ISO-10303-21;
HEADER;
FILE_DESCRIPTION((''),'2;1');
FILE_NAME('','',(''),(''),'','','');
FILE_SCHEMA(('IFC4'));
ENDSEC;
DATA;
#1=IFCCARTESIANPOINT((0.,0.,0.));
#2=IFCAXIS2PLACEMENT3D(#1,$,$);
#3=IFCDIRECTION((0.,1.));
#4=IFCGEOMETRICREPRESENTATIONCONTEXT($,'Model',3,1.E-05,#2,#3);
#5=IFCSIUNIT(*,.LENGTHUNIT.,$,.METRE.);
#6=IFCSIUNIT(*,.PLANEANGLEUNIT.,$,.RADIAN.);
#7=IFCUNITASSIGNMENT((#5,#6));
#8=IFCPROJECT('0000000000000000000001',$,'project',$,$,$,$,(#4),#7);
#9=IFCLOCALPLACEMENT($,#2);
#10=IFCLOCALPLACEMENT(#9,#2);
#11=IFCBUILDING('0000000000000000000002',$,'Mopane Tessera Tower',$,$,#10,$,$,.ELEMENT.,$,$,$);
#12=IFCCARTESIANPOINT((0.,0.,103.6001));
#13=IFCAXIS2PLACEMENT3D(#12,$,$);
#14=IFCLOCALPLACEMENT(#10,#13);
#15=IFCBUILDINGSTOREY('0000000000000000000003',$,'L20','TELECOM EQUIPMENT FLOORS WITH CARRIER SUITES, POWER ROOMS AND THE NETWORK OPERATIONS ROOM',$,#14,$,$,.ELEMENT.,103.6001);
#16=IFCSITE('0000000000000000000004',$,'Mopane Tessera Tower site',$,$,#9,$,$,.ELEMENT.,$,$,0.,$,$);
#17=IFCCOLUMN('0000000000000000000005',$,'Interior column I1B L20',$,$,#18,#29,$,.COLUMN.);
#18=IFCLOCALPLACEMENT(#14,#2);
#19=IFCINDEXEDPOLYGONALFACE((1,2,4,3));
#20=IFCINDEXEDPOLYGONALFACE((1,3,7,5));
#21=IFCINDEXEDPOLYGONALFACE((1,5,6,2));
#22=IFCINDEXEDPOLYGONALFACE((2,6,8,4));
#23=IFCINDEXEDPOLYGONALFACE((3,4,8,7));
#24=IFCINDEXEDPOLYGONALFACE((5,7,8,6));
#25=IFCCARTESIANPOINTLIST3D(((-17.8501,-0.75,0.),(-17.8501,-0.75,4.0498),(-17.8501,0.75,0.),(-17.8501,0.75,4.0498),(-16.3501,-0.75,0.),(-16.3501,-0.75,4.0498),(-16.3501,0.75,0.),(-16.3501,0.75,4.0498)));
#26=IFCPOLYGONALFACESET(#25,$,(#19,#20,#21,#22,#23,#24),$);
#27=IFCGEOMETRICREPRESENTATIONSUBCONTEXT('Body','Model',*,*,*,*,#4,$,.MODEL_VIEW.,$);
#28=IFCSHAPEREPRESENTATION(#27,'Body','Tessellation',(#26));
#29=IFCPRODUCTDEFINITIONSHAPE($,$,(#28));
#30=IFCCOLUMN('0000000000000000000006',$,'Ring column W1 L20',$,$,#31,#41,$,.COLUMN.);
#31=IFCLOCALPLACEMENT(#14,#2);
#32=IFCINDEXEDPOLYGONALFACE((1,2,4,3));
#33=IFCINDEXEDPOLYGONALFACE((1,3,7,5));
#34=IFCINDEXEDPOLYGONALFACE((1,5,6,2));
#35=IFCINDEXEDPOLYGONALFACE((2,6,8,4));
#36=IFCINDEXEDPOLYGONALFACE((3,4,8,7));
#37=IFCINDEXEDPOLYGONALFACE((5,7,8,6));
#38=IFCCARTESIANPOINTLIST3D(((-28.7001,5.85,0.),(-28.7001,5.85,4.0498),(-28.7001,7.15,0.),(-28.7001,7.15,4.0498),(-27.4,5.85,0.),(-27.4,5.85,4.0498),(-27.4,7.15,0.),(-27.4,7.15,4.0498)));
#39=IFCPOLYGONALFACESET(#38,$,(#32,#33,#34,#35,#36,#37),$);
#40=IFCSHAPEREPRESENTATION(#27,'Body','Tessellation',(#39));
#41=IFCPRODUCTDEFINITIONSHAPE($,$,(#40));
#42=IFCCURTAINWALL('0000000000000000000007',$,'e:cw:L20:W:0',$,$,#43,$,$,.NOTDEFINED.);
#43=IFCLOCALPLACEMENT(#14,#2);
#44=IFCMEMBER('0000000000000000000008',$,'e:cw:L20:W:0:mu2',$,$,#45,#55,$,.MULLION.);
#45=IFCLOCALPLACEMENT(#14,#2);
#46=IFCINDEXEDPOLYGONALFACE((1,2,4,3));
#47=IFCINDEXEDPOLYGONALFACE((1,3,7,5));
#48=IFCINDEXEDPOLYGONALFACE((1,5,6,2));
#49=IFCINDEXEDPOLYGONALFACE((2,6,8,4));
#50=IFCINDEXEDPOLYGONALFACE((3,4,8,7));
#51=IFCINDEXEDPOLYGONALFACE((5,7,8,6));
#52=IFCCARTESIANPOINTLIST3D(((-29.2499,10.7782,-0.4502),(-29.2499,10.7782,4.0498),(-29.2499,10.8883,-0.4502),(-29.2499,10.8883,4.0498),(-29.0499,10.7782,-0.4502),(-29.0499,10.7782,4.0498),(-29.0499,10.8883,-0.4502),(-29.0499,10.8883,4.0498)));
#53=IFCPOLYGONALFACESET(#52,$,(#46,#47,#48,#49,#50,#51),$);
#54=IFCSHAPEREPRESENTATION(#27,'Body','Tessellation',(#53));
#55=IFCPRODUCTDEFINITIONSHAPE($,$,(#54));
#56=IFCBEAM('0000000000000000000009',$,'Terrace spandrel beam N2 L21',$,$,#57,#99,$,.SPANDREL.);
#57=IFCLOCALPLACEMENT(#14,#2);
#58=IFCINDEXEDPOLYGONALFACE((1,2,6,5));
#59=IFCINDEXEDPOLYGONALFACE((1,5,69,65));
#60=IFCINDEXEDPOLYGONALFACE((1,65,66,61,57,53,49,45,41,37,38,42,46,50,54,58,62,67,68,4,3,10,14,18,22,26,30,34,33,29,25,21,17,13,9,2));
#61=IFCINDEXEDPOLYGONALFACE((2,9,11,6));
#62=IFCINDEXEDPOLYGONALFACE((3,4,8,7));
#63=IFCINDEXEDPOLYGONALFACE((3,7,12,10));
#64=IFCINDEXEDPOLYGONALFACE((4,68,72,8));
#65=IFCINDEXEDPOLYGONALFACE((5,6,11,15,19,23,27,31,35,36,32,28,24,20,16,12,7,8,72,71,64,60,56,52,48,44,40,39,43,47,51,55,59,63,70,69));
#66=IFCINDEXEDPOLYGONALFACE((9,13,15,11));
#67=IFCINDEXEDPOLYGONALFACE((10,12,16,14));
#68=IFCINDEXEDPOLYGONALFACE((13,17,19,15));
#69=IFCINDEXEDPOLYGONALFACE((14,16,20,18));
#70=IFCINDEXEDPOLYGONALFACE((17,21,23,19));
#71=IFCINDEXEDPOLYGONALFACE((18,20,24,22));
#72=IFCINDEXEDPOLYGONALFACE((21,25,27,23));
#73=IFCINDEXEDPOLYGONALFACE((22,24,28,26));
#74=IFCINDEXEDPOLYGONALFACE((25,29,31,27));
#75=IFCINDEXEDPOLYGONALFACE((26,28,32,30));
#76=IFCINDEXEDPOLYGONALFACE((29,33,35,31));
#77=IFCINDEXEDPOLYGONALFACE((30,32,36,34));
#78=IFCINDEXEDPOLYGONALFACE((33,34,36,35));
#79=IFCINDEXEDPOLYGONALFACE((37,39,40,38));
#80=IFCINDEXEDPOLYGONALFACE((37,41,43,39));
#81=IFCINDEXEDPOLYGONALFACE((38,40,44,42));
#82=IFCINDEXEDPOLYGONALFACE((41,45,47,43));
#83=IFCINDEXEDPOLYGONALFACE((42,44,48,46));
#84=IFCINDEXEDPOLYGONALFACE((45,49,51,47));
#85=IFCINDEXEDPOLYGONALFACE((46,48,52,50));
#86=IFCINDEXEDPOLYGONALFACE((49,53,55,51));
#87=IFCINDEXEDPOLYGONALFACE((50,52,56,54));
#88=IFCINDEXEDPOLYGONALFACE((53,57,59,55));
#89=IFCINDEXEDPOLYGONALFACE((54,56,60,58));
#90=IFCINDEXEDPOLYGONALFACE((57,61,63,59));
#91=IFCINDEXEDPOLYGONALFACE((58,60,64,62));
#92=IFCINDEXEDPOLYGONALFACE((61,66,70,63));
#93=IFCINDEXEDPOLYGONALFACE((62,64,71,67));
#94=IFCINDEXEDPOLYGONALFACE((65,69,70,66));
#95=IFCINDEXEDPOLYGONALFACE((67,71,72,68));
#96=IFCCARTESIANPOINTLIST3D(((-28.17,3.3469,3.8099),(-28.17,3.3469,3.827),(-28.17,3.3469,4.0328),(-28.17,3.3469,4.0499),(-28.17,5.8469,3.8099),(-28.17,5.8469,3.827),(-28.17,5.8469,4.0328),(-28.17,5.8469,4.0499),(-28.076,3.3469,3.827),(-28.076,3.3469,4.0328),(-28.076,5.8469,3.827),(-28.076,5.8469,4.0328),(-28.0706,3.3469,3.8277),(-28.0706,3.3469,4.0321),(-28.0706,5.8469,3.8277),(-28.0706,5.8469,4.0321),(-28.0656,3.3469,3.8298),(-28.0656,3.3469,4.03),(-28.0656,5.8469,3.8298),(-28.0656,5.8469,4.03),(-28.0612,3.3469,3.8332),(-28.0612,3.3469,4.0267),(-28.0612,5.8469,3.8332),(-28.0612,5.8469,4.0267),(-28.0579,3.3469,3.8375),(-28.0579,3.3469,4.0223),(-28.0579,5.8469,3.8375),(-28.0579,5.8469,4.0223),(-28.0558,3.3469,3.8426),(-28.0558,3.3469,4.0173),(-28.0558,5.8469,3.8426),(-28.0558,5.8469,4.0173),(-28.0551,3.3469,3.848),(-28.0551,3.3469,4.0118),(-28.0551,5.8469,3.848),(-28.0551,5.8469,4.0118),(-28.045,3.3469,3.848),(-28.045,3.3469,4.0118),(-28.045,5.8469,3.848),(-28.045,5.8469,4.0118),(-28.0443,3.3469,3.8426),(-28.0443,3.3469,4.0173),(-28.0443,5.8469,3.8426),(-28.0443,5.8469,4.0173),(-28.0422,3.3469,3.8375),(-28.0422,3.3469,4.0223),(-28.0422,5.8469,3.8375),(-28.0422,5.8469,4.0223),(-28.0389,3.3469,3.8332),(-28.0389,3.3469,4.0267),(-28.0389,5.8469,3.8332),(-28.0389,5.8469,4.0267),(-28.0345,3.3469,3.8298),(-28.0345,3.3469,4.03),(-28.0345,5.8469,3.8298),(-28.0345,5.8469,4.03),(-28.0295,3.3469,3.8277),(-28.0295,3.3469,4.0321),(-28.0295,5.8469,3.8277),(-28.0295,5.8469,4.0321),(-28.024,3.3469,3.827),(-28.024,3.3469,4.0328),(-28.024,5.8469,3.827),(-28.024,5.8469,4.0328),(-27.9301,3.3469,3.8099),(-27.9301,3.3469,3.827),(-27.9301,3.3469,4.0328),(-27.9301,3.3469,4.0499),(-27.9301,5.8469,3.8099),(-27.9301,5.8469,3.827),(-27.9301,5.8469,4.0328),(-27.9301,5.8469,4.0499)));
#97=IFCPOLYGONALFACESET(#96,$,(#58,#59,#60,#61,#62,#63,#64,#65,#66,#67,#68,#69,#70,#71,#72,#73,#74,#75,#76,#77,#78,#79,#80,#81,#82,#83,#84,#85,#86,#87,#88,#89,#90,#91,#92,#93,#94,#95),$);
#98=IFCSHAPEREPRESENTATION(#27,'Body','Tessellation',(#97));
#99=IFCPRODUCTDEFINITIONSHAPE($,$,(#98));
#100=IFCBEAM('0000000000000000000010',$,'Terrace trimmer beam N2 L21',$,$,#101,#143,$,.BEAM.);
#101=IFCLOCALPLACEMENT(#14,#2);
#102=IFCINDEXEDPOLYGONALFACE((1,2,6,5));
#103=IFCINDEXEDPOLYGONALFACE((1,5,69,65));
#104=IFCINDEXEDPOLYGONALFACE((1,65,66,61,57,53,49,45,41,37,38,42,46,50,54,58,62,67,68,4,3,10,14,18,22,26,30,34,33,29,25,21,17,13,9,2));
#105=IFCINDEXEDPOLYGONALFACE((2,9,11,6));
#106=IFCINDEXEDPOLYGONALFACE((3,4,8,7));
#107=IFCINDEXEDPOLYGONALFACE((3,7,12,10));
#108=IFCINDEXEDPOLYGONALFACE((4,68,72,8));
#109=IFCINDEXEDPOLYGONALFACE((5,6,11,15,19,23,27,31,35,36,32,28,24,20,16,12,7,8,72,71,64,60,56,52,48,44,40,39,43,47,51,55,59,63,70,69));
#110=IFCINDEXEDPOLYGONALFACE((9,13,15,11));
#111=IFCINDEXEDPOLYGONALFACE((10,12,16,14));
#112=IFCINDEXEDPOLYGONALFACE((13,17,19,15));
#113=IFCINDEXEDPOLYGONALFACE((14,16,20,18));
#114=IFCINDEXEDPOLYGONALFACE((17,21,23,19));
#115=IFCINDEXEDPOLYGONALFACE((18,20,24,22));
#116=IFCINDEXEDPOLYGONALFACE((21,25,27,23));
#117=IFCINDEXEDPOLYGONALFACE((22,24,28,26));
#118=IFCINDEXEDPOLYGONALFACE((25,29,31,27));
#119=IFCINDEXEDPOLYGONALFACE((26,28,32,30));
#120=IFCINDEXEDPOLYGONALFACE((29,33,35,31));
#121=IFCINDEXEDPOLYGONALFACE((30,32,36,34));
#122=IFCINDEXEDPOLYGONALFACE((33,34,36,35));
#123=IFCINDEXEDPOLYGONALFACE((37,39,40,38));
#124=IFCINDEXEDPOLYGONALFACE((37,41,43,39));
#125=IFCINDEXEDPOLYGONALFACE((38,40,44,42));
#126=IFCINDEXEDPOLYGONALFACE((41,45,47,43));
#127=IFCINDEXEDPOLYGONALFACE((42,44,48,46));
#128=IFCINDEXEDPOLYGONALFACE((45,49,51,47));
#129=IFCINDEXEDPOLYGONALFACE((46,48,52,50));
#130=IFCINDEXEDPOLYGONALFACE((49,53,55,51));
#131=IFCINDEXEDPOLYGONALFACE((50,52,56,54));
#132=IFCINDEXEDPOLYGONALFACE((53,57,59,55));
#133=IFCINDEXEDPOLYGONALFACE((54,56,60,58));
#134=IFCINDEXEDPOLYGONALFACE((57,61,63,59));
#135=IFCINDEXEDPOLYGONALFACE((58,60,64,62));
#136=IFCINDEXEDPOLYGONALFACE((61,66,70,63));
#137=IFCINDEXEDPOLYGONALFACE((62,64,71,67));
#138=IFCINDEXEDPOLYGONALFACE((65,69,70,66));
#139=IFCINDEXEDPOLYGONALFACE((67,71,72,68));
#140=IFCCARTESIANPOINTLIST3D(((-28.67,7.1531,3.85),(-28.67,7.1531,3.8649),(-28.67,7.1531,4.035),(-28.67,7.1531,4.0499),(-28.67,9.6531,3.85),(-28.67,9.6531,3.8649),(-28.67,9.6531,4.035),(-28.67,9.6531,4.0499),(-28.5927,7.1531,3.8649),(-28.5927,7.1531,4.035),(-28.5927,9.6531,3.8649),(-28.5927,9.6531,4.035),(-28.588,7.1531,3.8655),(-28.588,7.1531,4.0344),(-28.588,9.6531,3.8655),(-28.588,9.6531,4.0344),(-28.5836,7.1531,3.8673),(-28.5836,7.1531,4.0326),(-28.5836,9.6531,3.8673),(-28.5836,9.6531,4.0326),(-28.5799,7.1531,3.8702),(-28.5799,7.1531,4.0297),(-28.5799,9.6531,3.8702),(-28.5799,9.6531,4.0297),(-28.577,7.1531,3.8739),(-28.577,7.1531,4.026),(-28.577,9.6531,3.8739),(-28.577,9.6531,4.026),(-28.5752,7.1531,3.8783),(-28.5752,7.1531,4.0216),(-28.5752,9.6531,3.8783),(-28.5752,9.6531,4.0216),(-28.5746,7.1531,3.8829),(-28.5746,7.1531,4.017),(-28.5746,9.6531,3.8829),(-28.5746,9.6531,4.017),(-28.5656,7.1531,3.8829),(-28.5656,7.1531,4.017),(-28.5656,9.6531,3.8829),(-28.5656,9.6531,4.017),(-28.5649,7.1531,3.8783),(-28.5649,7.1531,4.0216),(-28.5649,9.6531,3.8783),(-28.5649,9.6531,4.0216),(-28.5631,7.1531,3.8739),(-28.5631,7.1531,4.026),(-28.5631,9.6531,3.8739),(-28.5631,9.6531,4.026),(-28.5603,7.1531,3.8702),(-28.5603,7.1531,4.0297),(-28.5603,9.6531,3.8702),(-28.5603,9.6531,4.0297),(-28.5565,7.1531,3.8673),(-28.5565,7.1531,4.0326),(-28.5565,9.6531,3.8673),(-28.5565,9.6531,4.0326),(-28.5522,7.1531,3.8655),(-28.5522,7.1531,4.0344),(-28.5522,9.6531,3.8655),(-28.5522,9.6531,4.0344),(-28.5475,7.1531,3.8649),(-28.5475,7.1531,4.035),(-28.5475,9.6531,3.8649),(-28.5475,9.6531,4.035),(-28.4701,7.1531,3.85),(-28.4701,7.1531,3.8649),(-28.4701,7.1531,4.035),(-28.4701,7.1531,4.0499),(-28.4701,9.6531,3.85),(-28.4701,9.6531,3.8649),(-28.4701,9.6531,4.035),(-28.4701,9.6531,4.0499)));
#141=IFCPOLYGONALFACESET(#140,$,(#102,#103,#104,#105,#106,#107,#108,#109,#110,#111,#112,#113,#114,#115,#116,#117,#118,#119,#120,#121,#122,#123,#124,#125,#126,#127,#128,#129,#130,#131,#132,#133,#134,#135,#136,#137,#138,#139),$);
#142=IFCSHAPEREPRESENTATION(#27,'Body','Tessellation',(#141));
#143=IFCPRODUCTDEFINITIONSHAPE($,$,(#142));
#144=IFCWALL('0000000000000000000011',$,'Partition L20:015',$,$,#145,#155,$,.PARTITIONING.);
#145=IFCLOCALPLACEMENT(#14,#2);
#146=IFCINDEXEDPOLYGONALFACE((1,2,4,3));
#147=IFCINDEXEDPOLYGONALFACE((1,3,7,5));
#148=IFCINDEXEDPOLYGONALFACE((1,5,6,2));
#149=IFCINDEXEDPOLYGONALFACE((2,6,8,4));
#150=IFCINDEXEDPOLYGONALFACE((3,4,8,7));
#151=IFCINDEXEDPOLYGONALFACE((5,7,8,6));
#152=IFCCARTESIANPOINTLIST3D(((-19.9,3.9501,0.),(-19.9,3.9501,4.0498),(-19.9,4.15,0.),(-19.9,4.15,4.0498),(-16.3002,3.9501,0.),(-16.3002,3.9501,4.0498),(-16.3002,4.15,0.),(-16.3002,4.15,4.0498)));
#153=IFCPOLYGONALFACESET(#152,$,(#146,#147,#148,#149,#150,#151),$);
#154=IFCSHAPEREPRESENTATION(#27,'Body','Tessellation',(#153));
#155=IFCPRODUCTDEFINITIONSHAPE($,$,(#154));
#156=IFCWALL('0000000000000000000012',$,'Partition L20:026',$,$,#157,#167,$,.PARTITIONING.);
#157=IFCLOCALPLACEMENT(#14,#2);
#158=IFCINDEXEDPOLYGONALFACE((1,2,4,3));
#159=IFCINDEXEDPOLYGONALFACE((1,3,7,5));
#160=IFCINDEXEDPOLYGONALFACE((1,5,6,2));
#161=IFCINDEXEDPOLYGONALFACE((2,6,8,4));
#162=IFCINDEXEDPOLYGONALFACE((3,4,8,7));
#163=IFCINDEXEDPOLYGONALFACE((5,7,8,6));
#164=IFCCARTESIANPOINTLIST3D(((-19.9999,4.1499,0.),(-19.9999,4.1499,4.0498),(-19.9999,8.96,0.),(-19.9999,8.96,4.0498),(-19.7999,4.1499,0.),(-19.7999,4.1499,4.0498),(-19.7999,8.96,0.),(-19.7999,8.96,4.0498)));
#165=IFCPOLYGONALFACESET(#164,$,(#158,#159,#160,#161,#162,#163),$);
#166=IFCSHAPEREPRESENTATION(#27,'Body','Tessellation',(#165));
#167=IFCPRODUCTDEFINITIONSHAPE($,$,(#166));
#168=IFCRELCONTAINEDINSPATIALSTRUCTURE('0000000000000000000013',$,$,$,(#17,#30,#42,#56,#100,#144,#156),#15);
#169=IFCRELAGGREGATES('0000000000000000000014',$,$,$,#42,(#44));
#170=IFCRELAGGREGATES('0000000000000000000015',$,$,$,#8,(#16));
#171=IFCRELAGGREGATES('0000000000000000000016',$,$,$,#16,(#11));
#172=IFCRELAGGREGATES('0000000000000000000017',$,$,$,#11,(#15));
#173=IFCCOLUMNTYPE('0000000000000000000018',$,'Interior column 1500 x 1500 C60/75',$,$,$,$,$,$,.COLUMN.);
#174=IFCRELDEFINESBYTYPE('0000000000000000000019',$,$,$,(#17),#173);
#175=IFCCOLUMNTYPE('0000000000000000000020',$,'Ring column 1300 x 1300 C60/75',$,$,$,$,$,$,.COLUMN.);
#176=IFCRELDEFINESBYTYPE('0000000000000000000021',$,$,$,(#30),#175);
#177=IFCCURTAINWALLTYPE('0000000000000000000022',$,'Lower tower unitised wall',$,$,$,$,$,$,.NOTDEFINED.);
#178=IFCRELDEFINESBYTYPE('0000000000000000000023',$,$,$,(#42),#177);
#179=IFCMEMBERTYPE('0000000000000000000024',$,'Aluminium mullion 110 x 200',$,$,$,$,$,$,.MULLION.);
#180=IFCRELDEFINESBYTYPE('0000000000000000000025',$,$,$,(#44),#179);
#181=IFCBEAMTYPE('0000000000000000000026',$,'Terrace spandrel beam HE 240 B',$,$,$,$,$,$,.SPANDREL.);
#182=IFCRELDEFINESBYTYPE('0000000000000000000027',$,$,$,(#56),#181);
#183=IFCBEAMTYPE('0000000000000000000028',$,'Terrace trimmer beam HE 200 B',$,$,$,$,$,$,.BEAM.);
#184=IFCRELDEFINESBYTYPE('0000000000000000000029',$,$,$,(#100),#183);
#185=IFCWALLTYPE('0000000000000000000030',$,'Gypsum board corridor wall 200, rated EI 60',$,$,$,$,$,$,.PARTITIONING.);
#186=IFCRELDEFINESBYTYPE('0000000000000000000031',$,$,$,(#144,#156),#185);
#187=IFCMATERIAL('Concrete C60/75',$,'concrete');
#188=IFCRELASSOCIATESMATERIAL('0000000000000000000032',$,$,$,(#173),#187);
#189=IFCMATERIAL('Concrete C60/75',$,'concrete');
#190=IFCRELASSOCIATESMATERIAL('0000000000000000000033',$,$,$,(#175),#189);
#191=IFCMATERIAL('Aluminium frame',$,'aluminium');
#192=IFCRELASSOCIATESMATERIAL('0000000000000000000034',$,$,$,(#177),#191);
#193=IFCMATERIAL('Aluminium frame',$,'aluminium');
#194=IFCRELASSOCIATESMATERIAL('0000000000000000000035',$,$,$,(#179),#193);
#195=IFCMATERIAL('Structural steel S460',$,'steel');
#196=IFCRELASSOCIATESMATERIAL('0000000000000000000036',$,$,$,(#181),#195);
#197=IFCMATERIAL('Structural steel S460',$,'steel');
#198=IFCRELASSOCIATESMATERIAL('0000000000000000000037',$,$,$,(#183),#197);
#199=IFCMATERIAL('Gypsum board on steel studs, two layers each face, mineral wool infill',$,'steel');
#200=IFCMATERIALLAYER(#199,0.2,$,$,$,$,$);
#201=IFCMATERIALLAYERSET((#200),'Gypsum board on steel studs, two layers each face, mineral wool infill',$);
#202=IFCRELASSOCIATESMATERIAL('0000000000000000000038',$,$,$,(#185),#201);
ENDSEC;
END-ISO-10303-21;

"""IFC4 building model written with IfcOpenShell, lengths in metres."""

from ifc_helpers import new_model, si_unit, direction, frame, frame_2d, origin, origin_2d, place, context, subcontext, project, spatial, rectangle, i_section, extrude, material, layer, layer_set, material_profile, profile_set, type_object, element, aggregate, save


model = new_model("IFC4")

# Units and contexts
model_context = context("Model", 3, precision=1e-05, world=origin(), true_north=direction((0.0, 1.0)))
body_context = subcontext(model_context, "Body", "Model", "MODEL_VIEW")
ifc_project = project(units=[si_unit("LENGTHUNIT", "METRE"), si_unit("PLANEANGLEUNIT", "RADIAN")], contexts=[model_context])

# Site, building, storey
site_placement = place(None, origin())
site = spatial("IfcSite", under=ifc_project, at=site_placement, Name="Mopane Tessera Tower site", CompositionType="ELEMENT", RefElevation=0.0)
building_placement = place(site_placement, origin())
building = spatial("IfcBuilding", under=site, at=building_placement, Name="Mopane Tessera Tower", CompositionType="ELEMENT")
storey_placement = place(building_placement, frame((0.0, 0.0, 103.6001)))
storey = spatial("IfcBuildingStorey", under=building, at=storey_placement, Name="L20", Description="TELECOM EQUIPMENT FLOORS WITH CARRIER SUITES, POWER ROOMS AND THE NETWORK OPERATIONS ROOM", CompositionType="ELEMENT", Elevation=103.6001)

# Columns
ifc_material_1 = material(Name="Concrete C60/75", Category="concrete")
ifc_material_profile_1 = material_profile(ifc_material_1, rectangle(XDim=1.5, YDim=1.5, at=origin_2d()))
ifc_profile_set_1 = profile_set([ifc_material_profile_1], Name="Concrete C60/75")
column_type_1 = type_object("IfcColumnType", Name="Interior column 1500 x 1500 C60/75", PredefinedType="COLUMN", material=ifc_profile_set_1)
column_1_placement = place(storey_placement, frame((-17.1001, 0.0, 0.0), z_axis=(0.0, 0.0, 1.0), x_axis=(1.0, 0.0, 0.0)))
element("IfcColumn", 1, at=column_1_placement, inside=storey, type_object=column_type_1, Name="Interior column I1B L20", PredefinedType="COLUMN", context=body_context, shape_type="SweptSolid", body=[
    extrude(rectangle(XDim=1.5, YDim=1.5, at=origin_2d()), origin(), (0.0, 0.0, 1.0), 4.0498),
])
ifc_material_2 = material(Name="Concrete C60/75", Category="concrete")
ifc_material_profile_2 = material_profile(ifc_material_2, rectangle(XDim=1.3, YDim=1.3, at=origin_2d()))
ifc_profile_set_2 = profile_set([ifc_material_profile_2], Name="Concrete C60/75")
column_type_2 = type_object("IfcColumnType", Name="Ring column 1300 x 1300 C60/75", PredefinedType="COLUMN", material=ifc_profile_set_2)
column_2_placement = place(storey_placement, frame((-28.05, 6.5, 0.0), z_axis=(0.0, 0.0, 1.0), x_axis=(1.0, 0.0, 0.0)))
element("IfcColumn", 2, at=column_2_placement, inside=storey, type_object=column_type_2, Name="Ring column W1 L20", PredefinedType="COLUMN", context=body_context, shape_type="SweptSolid", body=[
    extrude(rectangle(XDim=1.3, YDim=1.3, at=origin_2d()), origin(), (0.0, 0.0, 1.0), 4.0498),
])

# Curtain wall, member
ifc_material_3 = material(Name="Aluminium frame", Category="aluminium")
curtain_wall_type = type_object("IfcCurtainWallType", Name="Lower tower unitised wall", PredefinedType="NOTDEFINED", material=ifc_material_3)
curtain_wall_placement = place(storey_placement, origin())
curtain_wall = element("IfcCurtainWall", 3, at=curtain_wall_placement, inside=storey, type_object=curtain_wall_type, Name="e:cw:L20:W:0", PredefinedType="NOTDEFINED")
ifc_material_4 = material(Name="Aluminium frame", Category="aluminium")
ifc_material_profile_3 = material_profile(ifc_material_4, rectangle(XDim=0.1101, YDim=0.2, at=origin_2d()))
ifc_profile_set_3 = profile_set([ifc_material_profile_3], Name="Aluminium frame")
member_type = type_object("IfcMemberType", Name="Aluminium mullion 110 x 200", PredefinedType="MULLION", material=ifc_profile_set_3)
member_placement = place(storey_placement, frame((-29.1499, 10.8333, -0.4502), z_axis=(0.0, 0.0, 1.0), x_axis=(0.0, -1.0, 0.0)))
member = element("IfcMember", 4, at=member_placement, type_object=member_type, Name="e:cw:L20:W:0:mu2", PredefinedType="MULLION", context=body_context, shape_type="SweptSolid", body=[
    extrude(rectangle(XDim=0.1101, YDim=0.2, at=origin_2d()), origin(), (0.0, 0.0, 1.0), 4.5),
])
aggregate(curtain_wall, [member])

# Beams
ifc_material_5 = material(Name="Structural steel S460", Category="steel")
ifc_material_profile_4 = material_profile(ifc_material_5, i_section(OverallWidth=0.24, OverallDepth=0.24, WebThickness=0.01, FlangeThickness=0.0171, FilletRadius=0.021, at=origin_2d()))
ifc_profile_set_4 = profile_set([ifc_material_profile_4], Name="Structural steel S460")
beam_type_1 = type_object("IfcBeamType", Name="Terrace spandrel beam HE 240 B", PredefinedType="SPANDREL", material=ifc_profile_set_4)
beam_1_placement = place(storey_placement, frame((-28.05, 5.8469, 3.9299), z_axis=(0.0, -1.0, 0.0), x_axis=(1.0, 0.0, 0.0)))
element("IfcBeam", 5, at=beam_1_placement, inside=storey, type_object=beam_type_1, Name="Terrace spandrel beam N2 L21", PredefinedType="SPANDREL", context=body_context, shape_type="SweptSolid", body=[
    extrude(i_section(OverallWidth=0.24, OverallDepth=0.24, WebThickness=0.01, FlangeThickness=0.0171, FilletRadius=0.021, at=origin_2d()), origin(), (0.0, 0.0, 1.0), 2.5),
])
ifc_material_6 = material(Name="Structural steel S460", Category="steel")
ifc_material_profile_5 = material_profile(ifc_material_6, i_section(OverallWidth=0.2, OverallDepth=0.2, WebThickness=0.009, FlangeThickness=0.0149, FilletRadius=0.0181, at=origin_2d()))
ifc_profile_set_5 = profile_set([ifc_material_profile_5], Name="Structural steel S460")
beam_type_2 = type_object("IfcBeamType", Name="Terrace trimmer beam HE 200 B", PredefinedType="BEAM", material=ifc_profile_set_5)
beam_2_placement = place(storey_placement, frame((-28.5701, 7.1531, 3.95), z_axis=(0.0, 1.0, 0.0), x_axis=(-1.0, 0.0, 0.0)))
element("IfcBeam", 6, at=beam_2_placement, inside=storey, type_object=beam_type_2, Name="Terrace trimmer beam N2 L21", PredefinedType="BEAM", context=body_context, shape_type="SweptSolid", body=[
    extrude(i_section(OverallWidth=0.2, OverallDepth=0.2, WebThickness=0.009, FlangeThickness=0.0149, FilletRadius=0.0181, at=origin_2d()), origin(), (0.0, 0.0, 1.0), 2.5),
])

# Walls
ifc_material_7 = material(Name="Gypsum board on steel studs, two layers each face, mineral wool infill", Category="steel")
ifc_layer_1 = layer(ifc_material_7, 0.2)
ifc_layer_set_1 = layer_set([ifc_layer_1], Name="Gypsum board on steel studs, two layers each face, mineral wool infill")
wall_type_1 = type_object("IfcWallType", Name="Gypsum board corridor wall 200, rated EI 60", PredefinedType="PARTITIONING", material=ifc_layer_set_1)
wall_1_placement = place(storey_placement, frame((-19.8999, 4.05, 0.0), z_axis=(0.0, 0.0, 1.0), x_axis=(1.0, 0.0, 0.0)))
element("IfcWall", 7, at=wall_1_placement, inside=storey, type_object=wall_type_1, Name="Partition L20:015", PredefinedType="PARTITIONING", context=body_context, shape_type="SweptSolid", body=[
    extrude(rectangle(XDim=3.5999, YDim=0.2, at=frame_2d((1.7998, 0.0))), origin(), (0.0, 0.0, 1.0), 4.0498),
])
wall_2_placement = place(storey_placement, frame((-19.8999, 4.1499, 0.0), z_axis=(0.0, 0.0, 1.0), x_axis=(0.0, 1.0, 0.0)))
element("IfcWall", 8, at=wall_2_placement, inside=storey, type_object=wall_type_1, Name="Partition L20:026", PredefinedType="PARTITIONING", context=body_context, shape_type="SweptSolid", body=[
    extrude(rectangle(XDim=4.8101, YDim=0.2, at=frame_2d((2.405, 0.0))), origin(), (0.0, 0.0, 1.0), 4.0498),
])

save(model, "model.ifc")
